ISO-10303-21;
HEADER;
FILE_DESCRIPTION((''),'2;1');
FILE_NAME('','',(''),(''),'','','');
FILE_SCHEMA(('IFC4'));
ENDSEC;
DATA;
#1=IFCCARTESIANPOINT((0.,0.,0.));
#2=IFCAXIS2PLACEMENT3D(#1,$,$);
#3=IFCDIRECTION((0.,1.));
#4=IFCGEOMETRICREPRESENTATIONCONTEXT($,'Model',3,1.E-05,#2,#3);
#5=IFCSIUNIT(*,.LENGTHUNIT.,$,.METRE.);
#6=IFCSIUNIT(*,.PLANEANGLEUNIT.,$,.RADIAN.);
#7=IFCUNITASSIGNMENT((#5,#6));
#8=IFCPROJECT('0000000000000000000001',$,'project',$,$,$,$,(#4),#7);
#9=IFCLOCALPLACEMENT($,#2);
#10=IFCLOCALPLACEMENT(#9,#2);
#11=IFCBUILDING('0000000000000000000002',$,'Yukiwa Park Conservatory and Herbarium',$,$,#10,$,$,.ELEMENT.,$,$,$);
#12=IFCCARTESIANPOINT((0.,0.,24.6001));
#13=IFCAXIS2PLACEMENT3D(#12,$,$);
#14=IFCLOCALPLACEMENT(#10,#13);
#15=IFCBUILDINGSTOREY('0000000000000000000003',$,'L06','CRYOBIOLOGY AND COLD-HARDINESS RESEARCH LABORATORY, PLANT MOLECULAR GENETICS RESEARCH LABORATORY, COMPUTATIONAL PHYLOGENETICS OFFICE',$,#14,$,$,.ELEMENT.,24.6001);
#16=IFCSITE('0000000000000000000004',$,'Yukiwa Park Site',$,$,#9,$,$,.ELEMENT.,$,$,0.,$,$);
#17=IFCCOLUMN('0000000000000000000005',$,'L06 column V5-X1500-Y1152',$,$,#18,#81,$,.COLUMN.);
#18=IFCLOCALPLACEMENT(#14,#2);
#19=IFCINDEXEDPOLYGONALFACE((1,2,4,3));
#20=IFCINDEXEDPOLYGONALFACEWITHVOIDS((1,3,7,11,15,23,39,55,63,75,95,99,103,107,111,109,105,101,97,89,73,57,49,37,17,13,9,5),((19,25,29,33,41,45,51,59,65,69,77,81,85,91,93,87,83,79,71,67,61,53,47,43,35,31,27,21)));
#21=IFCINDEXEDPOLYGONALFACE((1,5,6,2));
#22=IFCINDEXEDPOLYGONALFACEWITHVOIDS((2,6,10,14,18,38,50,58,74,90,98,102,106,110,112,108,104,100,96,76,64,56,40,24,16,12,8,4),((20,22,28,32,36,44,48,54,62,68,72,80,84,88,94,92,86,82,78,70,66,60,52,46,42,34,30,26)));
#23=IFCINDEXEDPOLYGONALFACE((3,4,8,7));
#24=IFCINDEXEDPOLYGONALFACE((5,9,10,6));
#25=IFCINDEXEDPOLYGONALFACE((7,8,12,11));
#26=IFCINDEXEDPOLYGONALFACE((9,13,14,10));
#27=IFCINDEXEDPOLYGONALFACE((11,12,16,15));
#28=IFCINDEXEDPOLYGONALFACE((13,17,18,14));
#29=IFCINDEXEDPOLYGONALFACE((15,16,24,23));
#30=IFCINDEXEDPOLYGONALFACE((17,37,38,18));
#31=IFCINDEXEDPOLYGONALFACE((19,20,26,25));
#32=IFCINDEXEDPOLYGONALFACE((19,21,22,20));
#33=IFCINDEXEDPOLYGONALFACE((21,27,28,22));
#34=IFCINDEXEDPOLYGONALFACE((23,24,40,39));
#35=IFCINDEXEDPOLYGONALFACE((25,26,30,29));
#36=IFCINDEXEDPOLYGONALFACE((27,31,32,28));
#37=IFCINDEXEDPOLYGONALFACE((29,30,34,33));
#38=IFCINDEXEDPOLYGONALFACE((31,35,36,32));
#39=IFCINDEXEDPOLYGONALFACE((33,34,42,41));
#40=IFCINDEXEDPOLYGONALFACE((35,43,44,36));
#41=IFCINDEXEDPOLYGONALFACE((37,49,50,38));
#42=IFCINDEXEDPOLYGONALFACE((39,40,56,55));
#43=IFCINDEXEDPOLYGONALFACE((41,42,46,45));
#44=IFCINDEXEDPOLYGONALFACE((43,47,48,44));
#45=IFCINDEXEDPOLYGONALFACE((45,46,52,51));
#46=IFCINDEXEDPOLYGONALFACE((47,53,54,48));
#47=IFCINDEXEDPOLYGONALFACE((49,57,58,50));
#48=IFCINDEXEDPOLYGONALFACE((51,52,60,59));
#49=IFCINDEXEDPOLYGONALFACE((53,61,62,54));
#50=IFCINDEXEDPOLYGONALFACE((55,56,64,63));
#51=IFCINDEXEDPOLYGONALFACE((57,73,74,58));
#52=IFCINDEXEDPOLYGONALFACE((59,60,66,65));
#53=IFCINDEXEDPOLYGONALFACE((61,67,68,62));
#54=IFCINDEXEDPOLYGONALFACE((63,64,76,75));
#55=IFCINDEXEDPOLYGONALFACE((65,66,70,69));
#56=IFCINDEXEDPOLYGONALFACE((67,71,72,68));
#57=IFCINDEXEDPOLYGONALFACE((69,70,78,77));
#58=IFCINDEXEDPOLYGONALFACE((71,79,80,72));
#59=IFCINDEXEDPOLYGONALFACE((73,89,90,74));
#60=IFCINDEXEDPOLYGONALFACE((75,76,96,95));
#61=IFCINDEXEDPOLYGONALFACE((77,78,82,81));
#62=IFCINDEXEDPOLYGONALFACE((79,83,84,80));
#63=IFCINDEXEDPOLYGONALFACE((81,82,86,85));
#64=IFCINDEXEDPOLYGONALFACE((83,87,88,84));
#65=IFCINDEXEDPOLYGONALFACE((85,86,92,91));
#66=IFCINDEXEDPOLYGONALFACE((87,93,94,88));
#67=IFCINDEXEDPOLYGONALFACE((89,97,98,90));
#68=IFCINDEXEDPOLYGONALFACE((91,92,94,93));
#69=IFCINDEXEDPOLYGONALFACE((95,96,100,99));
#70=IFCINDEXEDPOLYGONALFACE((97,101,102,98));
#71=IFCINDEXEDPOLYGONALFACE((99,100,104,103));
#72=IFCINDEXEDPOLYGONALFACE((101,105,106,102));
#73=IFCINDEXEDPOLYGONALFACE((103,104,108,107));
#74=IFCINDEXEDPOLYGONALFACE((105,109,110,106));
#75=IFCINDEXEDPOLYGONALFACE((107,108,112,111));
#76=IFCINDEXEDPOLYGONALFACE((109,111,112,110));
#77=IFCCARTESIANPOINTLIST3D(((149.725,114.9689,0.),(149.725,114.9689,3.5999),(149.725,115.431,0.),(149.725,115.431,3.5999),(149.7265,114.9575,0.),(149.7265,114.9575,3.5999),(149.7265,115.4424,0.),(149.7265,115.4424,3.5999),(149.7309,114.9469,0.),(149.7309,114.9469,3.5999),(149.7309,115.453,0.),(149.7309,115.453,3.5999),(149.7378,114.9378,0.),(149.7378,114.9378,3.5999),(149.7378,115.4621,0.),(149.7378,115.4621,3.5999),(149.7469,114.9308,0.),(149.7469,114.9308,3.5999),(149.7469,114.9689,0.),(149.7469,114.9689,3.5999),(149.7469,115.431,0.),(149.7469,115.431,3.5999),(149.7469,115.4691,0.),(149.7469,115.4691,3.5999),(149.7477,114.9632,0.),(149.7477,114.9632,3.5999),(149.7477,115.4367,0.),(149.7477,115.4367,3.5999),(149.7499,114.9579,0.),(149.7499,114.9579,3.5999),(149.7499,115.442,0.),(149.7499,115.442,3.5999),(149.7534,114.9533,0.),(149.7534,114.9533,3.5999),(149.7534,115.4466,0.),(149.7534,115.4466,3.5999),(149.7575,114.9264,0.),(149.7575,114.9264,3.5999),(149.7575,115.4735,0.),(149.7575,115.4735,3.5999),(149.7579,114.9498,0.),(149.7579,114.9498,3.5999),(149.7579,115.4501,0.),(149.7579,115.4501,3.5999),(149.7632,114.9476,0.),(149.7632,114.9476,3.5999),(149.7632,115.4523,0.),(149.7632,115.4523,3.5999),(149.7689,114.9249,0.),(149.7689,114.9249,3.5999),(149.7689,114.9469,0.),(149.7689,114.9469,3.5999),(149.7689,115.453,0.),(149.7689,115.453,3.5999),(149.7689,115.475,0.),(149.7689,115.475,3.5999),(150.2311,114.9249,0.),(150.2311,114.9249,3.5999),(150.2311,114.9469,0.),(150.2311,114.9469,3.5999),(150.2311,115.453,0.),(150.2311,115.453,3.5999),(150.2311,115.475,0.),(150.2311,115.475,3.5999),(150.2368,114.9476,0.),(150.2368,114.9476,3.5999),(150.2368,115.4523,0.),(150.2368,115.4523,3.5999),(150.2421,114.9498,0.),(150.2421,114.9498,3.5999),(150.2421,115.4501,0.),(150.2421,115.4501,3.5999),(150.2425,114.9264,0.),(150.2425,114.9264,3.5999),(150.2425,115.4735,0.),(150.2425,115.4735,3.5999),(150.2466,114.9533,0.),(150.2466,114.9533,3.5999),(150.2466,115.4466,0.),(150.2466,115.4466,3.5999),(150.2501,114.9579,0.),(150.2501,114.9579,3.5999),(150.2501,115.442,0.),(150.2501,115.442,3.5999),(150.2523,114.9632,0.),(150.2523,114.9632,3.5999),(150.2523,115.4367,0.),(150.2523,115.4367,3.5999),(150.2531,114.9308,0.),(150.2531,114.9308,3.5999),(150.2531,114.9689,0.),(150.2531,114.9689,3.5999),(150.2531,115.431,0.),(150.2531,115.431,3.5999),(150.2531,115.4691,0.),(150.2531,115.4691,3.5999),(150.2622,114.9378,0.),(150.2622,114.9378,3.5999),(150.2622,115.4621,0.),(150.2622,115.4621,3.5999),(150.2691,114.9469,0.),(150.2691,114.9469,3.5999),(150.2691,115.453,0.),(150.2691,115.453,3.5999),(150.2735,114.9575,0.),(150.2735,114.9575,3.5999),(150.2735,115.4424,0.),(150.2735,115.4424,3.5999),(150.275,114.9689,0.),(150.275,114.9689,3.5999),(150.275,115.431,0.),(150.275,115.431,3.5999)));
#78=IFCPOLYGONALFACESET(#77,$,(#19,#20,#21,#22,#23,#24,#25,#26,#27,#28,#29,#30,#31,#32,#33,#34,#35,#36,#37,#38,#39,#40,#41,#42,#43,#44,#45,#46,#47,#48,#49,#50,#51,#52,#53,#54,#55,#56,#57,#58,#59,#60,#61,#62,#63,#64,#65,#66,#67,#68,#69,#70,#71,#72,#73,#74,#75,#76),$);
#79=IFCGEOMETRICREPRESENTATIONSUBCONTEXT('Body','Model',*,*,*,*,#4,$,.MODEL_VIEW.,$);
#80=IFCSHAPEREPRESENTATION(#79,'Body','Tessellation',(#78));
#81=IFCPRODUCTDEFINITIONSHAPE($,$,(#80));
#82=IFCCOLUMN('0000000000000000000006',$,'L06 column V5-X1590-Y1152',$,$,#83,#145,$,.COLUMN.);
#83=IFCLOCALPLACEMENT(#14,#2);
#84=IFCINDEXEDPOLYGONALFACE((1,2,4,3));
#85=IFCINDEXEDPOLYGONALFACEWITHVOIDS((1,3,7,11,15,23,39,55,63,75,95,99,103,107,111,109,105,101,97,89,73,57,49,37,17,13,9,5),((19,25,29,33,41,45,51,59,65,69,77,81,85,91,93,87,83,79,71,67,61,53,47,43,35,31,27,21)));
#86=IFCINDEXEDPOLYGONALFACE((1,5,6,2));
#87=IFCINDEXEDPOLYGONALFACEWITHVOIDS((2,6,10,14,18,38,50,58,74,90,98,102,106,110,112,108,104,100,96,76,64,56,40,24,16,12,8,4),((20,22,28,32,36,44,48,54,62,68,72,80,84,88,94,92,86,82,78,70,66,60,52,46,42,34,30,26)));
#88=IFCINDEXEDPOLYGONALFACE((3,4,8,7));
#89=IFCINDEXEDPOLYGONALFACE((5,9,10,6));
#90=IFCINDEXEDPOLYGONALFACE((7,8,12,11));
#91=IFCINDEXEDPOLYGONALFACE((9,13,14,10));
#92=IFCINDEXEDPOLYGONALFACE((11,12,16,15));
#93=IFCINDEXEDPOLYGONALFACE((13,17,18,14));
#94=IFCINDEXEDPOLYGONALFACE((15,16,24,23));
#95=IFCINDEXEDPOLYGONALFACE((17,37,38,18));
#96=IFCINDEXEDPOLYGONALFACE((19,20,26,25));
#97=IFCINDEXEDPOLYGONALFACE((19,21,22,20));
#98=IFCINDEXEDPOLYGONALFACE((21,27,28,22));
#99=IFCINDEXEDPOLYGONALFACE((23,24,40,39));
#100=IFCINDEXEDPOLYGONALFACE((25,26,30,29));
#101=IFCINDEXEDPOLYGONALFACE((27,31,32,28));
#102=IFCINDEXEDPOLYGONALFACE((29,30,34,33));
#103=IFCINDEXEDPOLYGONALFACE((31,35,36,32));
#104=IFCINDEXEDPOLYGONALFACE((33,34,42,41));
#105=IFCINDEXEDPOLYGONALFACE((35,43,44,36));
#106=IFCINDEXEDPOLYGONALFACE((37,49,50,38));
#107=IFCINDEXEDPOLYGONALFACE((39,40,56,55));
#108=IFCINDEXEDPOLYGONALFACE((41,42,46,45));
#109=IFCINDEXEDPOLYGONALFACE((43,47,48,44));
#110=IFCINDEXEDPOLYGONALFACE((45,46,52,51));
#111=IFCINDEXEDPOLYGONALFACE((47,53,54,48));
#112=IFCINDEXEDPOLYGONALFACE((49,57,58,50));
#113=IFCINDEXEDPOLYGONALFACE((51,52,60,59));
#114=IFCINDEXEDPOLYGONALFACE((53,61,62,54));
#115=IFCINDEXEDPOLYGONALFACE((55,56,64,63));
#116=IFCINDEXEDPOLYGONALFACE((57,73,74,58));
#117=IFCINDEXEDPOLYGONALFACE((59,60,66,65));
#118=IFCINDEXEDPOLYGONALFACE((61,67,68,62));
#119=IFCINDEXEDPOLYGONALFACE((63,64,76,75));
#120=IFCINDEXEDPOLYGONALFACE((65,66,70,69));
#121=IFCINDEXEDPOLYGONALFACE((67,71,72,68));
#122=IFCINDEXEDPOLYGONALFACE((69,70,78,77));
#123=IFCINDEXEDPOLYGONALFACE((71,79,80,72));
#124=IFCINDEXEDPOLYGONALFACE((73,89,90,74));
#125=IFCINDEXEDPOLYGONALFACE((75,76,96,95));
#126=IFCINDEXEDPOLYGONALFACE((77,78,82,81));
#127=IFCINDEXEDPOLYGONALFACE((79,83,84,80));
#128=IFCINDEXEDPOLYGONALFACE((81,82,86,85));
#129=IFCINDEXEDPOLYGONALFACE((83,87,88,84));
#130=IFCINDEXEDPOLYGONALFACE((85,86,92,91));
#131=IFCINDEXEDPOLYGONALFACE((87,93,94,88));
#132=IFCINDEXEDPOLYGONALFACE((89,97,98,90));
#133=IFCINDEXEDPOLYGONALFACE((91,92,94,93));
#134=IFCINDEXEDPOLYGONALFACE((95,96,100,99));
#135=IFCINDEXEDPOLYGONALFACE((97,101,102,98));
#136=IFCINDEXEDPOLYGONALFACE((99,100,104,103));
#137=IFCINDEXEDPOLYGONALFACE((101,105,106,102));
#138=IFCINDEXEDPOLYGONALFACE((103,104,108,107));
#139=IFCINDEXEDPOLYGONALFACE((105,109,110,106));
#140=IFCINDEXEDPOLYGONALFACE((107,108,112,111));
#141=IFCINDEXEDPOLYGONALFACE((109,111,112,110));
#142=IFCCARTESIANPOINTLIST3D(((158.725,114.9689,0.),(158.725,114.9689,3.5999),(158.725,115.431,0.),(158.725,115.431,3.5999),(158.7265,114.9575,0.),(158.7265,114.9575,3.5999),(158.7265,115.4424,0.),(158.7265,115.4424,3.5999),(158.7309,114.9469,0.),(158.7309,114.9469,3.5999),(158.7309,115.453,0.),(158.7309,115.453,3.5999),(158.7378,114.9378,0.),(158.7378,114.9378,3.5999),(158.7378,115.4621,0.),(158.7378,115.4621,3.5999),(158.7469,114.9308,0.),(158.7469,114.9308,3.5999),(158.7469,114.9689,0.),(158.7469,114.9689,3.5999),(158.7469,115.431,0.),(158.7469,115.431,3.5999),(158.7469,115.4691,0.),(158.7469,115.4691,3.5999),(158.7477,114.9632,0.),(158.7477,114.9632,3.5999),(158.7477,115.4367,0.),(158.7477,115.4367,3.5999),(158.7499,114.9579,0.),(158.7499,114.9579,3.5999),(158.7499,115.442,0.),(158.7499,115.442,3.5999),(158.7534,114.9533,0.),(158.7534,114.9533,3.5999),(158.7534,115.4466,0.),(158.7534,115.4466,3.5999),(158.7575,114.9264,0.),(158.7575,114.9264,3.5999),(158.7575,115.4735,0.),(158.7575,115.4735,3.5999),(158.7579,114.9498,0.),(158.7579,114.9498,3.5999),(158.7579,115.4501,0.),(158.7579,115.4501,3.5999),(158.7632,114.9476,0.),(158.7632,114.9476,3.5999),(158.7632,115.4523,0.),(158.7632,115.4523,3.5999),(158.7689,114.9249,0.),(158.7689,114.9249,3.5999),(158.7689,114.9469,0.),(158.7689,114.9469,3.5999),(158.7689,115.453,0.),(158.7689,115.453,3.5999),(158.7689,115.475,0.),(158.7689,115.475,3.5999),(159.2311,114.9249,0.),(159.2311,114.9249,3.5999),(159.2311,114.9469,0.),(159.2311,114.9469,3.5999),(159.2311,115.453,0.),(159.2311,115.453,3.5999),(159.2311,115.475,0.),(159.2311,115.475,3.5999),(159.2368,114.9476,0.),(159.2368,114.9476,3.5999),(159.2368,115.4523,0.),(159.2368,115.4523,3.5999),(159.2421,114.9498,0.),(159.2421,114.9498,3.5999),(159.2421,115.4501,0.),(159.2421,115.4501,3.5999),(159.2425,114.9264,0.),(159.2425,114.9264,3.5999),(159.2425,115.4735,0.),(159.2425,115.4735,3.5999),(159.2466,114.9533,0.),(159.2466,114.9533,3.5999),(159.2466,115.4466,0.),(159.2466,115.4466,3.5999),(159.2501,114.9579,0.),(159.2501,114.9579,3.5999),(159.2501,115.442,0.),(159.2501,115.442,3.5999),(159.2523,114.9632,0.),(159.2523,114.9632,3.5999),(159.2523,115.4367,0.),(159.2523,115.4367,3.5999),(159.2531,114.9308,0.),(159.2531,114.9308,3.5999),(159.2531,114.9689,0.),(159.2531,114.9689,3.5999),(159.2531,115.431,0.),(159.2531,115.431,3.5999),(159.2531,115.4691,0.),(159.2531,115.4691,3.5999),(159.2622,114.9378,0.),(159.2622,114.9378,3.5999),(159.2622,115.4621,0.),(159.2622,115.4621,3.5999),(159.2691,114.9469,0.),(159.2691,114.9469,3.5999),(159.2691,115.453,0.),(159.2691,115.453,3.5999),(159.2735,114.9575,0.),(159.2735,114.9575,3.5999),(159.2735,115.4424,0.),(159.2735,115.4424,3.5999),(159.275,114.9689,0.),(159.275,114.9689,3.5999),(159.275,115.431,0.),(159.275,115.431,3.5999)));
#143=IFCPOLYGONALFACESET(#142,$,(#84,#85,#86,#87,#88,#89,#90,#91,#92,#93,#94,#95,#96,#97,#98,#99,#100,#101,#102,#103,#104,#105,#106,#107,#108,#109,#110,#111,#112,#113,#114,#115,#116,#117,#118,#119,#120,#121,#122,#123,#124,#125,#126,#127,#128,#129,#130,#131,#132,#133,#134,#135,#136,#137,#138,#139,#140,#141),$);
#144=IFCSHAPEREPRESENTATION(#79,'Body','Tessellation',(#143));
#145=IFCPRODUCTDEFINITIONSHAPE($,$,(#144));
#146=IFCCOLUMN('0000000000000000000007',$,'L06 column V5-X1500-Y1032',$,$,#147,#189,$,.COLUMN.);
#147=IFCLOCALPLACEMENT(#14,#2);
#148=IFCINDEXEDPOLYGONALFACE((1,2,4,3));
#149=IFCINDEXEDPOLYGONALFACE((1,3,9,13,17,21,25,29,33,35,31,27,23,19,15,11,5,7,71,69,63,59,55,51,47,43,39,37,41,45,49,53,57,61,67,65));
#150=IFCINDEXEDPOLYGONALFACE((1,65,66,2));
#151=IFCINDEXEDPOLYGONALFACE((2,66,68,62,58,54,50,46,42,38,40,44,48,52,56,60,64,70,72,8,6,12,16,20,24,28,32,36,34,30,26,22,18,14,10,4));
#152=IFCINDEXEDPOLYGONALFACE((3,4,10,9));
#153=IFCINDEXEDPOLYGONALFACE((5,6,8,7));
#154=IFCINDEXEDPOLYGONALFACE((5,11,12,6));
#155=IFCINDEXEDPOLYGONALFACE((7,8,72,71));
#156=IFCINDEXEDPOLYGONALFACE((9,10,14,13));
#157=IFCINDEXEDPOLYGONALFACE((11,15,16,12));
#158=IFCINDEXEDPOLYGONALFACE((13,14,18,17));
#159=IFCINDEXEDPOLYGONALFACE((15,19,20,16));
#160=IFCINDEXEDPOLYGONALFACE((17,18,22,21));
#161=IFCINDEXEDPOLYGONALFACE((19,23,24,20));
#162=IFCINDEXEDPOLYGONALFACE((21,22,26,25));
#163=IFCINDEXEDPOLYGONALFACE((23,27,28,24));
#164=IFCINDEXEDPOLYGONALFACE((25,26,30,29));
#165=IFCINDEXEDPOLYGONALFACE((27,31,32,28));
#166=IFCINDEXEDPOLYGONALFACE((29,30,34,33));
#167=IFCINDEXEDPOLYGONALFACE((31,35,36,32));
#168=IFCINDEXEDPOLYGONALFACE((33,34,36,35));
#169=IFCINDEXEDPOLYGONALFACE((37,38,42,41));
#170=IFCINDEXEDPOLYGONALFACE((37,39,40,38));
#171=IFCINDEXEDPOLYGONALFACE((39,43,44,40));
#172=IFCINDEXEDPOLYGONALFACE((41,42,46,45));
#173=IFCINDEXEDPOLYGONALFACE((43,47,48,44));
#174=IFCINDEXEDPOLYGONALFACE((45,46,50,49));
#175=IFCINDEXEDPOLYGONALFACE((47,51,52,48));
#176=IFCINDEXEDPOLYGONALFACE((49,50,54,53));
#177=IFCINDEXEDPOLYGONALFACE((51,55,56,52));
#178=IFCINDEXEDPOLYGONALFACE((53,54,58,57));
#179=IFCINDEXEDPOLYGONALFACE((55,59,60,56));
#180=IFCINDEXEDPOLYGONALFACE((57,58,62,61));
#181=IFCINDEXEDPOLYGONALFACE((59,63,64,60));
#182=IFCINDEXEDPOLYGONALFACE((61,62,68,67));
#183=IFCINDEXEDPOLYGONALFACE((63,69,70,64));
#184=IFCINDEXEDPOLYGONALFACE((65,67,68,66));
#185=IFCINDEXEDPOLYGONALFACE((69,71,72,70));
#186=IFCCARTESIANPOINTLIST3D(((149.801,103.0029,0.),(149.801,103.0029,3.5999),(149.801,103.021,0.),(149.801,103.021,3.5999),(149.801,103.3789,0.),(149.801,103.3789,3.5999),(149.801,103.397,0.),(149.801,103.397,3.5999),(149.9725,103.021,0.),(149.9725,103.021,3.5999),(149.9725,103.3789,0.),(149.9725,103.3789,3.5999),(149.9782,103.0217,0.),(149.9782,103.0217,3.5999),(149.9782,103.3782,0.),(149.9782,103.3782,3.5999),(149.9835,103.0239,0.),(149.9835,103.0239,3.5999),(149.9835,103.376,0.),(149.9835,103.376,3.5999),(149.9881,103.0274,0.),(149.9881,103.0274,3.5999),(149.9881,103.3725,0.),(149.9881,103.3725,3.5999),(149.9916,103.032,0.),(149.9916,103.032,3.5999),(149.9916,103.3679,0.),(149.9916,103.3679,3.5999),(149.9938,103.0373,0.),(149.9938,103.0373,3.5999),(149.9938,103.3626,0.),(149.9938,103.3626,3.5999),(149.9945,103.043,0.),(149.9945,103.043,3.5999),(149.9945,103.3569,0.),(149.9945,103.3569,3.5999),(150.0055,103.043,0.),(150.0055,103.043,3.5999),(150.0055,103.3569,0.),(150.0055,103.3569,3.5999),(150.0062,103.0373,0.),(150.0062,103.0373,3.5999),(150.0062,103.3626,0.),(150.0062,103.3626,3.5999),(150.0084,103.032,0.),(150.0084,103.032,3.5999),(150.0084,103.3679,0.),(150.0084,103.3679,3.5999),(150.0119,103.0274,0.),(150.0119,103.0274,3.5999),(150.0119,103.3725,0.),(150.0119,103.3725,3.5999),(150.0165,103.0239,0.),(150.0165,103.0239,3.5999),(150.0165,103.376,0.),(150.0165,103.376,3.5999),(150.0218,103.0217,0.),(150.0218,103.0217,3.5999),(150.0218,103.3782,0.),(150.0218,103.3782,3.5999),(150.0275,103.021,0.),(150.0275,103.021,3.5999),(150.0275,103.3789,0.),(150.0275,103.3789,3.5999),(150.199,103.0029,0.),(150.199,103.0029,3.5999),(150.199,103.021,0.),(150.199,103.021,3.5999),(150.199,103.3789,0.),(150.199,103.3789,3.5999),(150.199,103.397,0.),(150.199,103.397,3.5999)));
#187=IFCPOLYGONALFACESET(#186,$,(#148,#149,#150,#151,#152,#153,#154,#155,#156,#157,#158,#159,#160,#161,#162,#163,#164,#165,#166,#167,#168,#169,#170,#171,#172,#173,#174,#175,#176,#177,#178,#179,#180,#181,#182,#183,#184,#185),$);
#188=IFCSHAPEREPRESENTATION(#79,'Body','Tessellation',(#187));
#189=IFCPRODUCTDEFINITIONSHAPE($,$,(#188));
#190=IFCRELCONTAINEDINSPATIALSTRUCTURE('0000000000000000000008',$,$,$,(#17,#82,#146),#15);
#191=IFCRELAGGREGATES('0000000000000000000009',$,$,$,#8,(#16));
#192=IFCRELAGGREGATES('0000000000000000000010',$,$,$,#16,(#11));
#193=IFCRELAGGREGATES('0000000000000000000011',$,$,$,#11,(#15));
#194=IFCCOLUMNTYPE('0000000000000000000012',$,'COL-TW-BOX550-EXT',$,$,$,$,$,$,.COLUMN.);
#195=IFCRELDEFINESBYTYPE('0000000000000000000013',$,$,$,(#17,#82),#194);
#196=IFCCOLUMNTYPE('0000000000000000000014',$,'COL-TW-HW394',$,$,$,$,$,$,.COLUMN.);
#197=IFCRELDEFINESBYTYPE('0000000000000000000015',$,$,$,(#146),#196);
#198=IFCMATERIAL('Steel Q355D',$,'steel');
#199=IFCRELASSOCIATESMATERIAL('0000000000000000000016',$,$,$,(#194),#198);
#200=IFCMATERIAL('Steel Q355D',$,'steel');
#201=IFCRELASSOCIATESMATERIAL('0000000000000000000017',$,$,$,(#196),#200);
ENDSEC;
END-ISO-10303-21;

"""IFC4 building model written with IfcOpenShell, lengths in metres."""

from ifc_helpers import new_model, si_unit, direction, frame, origin, origin_2d, place, context, subcontext, project, spatial, hollow_rectangle, i_section, extrude, material, material_profile, profile_set, type_object, element, save


model = new_model("IFC4")

# Units and contexts
model_context = context("Model", 3, precision=1e-05, world=origin(), true_north=direction((0.0, 1.0)))
body_context = subcontext(model_context, "Body", "Model", "MODEL_VIEW")
ifc_project = project(units=[si_unit("LENGTHUNIT", "METRE"), si_unit("PLANEANGLEUNIT", "RADIAN")], contexts=[model_context])

# Site, building, storey
site_placement = place(None, origin())
site = spatial("IfcSite", under=ifc_project, at=site_placement, Name="Yukiwa Park Site", CompositionType="ELEMENT", RefElevation=0.0)
building_placement = place(site_placement, origin())
building = spatial("IfcBuilding", under=site, at=building_placement, Name="Yukiwa Park Conservatory and Herbarium", CompositionType="ELEMENT")
storey_placement = place(building_placement, frame((0.0, 0.0, 24.6001)))
storey = spatial("IfcBuildingStorey", under=building, at=storey_placement, Name="L06", Description="CRYOBIOLOGY AND COLD-HARDINESS RESEARCH LABORATORY, PLANT MOLECULAR GENETICS RESEARCH LABORATORY, COMPUTATIONAL PHYLOGENETICS OFFICE", CompositionType="ELEMENT", Elevation=24.6001)

# Columns
ifc_material_1 = material(Name="Steel Q355D", Category="steel")
ifc_material_profile_1 = material_profile(ifc_material_1, hollow_rectangle(XDim=0.55, YDim=0.55, WallThickness=0.022, InnerFilletRadius=0.022, OuterFilletRadius=0.0439, at=origin_2d()), Name="BOX 550x550x22")
ifc_profile_set_1 = profile_set([ifc_material_profile_1], Name="Steel Q355D")
column_type_1 = type_object("IfcColumnType", Name="COL-TW-BOX550-EXT", PredefinedType="COLUMN", material=ifc_profile_set_1)
for number, where, z_axis, x_axis, name in (
    (1, (150.0, 115.2, 0.0), (0.0, 0.0, 1.0), (1.0, 0.0, 0.0), "L06 column V5-X1500-Y1152"),
    (2, (159.0, 115.2, 0.0), (0.0, 0.0, 1.0), (1.0, 0.0, 0.0), "L06 column V5-X1590-Y1152"),
):
    element("IfcColumn", number, at=place(storey_placement, frame(where, z_axis=z_axis, x_axis=x_axis)), inside=storey, type_object=column_type_1, Name=name, PredefinedType="COLUMN", context=body_context, shape_type="SweptSolid", body=[
        extrude(hollow_rectangle(XDim=0.55, YDim=0.55, WallThickness=0.022, InnerFilletRadius=0.022, OuterFilletRadius=0.0439, at=origin_2d()), origin(), (0.0, 0.0, 1.0), 3.5999),
    ])
ifc_material_2 = material(Name="Steel Q355D", Category="steel")
ifc_material_profile_2 = material_profile(ifc_material_2, i_section(OverallWidth=0.3979, OverallDepth=0.394, WebThickness=0.011, FlangeThickness=0.0181, FilletRadius=0.022, at=origin_2d()), Name="HW 394x398x11x18")
ifc_profile_set_2 = profile_set([ifc_material_profile_2], Name="Steel Q355D")
column_type_2 = type_object("IfcColumnType", Name="COL-TW-HW394", PredefinedType="COLUMN", material=ifc_profile_set_2)
for number, where, z_axis, x_axis, name in (
    (3, (150.0, 103.2, 0.0), (0.0, 0.0, 1.0), (1.0, 0.0, 0.0), "L06 column V5-X1500-Y1032"),
):
    element("IfcColumn", number, at=place(storey_placement, frame(where, z_axis=z_axis, x_axis=x_axis)), inside=storey, type_object=column_type_2, Name=name, PredefinedType="COLUMN", context=body_context, shape_type="SweptSolid", body=[
        extrude(i_section(OverallWidth=0.3979, OverallDepth=0.394, WebThickness=0.011, FlangeThickness=0.0181, FilletRadius=0.022, at=origin_2d()), origin(), (0.0, 0.0, 1.0), 3.5999),
    ])

save(model, "model.ifc")
